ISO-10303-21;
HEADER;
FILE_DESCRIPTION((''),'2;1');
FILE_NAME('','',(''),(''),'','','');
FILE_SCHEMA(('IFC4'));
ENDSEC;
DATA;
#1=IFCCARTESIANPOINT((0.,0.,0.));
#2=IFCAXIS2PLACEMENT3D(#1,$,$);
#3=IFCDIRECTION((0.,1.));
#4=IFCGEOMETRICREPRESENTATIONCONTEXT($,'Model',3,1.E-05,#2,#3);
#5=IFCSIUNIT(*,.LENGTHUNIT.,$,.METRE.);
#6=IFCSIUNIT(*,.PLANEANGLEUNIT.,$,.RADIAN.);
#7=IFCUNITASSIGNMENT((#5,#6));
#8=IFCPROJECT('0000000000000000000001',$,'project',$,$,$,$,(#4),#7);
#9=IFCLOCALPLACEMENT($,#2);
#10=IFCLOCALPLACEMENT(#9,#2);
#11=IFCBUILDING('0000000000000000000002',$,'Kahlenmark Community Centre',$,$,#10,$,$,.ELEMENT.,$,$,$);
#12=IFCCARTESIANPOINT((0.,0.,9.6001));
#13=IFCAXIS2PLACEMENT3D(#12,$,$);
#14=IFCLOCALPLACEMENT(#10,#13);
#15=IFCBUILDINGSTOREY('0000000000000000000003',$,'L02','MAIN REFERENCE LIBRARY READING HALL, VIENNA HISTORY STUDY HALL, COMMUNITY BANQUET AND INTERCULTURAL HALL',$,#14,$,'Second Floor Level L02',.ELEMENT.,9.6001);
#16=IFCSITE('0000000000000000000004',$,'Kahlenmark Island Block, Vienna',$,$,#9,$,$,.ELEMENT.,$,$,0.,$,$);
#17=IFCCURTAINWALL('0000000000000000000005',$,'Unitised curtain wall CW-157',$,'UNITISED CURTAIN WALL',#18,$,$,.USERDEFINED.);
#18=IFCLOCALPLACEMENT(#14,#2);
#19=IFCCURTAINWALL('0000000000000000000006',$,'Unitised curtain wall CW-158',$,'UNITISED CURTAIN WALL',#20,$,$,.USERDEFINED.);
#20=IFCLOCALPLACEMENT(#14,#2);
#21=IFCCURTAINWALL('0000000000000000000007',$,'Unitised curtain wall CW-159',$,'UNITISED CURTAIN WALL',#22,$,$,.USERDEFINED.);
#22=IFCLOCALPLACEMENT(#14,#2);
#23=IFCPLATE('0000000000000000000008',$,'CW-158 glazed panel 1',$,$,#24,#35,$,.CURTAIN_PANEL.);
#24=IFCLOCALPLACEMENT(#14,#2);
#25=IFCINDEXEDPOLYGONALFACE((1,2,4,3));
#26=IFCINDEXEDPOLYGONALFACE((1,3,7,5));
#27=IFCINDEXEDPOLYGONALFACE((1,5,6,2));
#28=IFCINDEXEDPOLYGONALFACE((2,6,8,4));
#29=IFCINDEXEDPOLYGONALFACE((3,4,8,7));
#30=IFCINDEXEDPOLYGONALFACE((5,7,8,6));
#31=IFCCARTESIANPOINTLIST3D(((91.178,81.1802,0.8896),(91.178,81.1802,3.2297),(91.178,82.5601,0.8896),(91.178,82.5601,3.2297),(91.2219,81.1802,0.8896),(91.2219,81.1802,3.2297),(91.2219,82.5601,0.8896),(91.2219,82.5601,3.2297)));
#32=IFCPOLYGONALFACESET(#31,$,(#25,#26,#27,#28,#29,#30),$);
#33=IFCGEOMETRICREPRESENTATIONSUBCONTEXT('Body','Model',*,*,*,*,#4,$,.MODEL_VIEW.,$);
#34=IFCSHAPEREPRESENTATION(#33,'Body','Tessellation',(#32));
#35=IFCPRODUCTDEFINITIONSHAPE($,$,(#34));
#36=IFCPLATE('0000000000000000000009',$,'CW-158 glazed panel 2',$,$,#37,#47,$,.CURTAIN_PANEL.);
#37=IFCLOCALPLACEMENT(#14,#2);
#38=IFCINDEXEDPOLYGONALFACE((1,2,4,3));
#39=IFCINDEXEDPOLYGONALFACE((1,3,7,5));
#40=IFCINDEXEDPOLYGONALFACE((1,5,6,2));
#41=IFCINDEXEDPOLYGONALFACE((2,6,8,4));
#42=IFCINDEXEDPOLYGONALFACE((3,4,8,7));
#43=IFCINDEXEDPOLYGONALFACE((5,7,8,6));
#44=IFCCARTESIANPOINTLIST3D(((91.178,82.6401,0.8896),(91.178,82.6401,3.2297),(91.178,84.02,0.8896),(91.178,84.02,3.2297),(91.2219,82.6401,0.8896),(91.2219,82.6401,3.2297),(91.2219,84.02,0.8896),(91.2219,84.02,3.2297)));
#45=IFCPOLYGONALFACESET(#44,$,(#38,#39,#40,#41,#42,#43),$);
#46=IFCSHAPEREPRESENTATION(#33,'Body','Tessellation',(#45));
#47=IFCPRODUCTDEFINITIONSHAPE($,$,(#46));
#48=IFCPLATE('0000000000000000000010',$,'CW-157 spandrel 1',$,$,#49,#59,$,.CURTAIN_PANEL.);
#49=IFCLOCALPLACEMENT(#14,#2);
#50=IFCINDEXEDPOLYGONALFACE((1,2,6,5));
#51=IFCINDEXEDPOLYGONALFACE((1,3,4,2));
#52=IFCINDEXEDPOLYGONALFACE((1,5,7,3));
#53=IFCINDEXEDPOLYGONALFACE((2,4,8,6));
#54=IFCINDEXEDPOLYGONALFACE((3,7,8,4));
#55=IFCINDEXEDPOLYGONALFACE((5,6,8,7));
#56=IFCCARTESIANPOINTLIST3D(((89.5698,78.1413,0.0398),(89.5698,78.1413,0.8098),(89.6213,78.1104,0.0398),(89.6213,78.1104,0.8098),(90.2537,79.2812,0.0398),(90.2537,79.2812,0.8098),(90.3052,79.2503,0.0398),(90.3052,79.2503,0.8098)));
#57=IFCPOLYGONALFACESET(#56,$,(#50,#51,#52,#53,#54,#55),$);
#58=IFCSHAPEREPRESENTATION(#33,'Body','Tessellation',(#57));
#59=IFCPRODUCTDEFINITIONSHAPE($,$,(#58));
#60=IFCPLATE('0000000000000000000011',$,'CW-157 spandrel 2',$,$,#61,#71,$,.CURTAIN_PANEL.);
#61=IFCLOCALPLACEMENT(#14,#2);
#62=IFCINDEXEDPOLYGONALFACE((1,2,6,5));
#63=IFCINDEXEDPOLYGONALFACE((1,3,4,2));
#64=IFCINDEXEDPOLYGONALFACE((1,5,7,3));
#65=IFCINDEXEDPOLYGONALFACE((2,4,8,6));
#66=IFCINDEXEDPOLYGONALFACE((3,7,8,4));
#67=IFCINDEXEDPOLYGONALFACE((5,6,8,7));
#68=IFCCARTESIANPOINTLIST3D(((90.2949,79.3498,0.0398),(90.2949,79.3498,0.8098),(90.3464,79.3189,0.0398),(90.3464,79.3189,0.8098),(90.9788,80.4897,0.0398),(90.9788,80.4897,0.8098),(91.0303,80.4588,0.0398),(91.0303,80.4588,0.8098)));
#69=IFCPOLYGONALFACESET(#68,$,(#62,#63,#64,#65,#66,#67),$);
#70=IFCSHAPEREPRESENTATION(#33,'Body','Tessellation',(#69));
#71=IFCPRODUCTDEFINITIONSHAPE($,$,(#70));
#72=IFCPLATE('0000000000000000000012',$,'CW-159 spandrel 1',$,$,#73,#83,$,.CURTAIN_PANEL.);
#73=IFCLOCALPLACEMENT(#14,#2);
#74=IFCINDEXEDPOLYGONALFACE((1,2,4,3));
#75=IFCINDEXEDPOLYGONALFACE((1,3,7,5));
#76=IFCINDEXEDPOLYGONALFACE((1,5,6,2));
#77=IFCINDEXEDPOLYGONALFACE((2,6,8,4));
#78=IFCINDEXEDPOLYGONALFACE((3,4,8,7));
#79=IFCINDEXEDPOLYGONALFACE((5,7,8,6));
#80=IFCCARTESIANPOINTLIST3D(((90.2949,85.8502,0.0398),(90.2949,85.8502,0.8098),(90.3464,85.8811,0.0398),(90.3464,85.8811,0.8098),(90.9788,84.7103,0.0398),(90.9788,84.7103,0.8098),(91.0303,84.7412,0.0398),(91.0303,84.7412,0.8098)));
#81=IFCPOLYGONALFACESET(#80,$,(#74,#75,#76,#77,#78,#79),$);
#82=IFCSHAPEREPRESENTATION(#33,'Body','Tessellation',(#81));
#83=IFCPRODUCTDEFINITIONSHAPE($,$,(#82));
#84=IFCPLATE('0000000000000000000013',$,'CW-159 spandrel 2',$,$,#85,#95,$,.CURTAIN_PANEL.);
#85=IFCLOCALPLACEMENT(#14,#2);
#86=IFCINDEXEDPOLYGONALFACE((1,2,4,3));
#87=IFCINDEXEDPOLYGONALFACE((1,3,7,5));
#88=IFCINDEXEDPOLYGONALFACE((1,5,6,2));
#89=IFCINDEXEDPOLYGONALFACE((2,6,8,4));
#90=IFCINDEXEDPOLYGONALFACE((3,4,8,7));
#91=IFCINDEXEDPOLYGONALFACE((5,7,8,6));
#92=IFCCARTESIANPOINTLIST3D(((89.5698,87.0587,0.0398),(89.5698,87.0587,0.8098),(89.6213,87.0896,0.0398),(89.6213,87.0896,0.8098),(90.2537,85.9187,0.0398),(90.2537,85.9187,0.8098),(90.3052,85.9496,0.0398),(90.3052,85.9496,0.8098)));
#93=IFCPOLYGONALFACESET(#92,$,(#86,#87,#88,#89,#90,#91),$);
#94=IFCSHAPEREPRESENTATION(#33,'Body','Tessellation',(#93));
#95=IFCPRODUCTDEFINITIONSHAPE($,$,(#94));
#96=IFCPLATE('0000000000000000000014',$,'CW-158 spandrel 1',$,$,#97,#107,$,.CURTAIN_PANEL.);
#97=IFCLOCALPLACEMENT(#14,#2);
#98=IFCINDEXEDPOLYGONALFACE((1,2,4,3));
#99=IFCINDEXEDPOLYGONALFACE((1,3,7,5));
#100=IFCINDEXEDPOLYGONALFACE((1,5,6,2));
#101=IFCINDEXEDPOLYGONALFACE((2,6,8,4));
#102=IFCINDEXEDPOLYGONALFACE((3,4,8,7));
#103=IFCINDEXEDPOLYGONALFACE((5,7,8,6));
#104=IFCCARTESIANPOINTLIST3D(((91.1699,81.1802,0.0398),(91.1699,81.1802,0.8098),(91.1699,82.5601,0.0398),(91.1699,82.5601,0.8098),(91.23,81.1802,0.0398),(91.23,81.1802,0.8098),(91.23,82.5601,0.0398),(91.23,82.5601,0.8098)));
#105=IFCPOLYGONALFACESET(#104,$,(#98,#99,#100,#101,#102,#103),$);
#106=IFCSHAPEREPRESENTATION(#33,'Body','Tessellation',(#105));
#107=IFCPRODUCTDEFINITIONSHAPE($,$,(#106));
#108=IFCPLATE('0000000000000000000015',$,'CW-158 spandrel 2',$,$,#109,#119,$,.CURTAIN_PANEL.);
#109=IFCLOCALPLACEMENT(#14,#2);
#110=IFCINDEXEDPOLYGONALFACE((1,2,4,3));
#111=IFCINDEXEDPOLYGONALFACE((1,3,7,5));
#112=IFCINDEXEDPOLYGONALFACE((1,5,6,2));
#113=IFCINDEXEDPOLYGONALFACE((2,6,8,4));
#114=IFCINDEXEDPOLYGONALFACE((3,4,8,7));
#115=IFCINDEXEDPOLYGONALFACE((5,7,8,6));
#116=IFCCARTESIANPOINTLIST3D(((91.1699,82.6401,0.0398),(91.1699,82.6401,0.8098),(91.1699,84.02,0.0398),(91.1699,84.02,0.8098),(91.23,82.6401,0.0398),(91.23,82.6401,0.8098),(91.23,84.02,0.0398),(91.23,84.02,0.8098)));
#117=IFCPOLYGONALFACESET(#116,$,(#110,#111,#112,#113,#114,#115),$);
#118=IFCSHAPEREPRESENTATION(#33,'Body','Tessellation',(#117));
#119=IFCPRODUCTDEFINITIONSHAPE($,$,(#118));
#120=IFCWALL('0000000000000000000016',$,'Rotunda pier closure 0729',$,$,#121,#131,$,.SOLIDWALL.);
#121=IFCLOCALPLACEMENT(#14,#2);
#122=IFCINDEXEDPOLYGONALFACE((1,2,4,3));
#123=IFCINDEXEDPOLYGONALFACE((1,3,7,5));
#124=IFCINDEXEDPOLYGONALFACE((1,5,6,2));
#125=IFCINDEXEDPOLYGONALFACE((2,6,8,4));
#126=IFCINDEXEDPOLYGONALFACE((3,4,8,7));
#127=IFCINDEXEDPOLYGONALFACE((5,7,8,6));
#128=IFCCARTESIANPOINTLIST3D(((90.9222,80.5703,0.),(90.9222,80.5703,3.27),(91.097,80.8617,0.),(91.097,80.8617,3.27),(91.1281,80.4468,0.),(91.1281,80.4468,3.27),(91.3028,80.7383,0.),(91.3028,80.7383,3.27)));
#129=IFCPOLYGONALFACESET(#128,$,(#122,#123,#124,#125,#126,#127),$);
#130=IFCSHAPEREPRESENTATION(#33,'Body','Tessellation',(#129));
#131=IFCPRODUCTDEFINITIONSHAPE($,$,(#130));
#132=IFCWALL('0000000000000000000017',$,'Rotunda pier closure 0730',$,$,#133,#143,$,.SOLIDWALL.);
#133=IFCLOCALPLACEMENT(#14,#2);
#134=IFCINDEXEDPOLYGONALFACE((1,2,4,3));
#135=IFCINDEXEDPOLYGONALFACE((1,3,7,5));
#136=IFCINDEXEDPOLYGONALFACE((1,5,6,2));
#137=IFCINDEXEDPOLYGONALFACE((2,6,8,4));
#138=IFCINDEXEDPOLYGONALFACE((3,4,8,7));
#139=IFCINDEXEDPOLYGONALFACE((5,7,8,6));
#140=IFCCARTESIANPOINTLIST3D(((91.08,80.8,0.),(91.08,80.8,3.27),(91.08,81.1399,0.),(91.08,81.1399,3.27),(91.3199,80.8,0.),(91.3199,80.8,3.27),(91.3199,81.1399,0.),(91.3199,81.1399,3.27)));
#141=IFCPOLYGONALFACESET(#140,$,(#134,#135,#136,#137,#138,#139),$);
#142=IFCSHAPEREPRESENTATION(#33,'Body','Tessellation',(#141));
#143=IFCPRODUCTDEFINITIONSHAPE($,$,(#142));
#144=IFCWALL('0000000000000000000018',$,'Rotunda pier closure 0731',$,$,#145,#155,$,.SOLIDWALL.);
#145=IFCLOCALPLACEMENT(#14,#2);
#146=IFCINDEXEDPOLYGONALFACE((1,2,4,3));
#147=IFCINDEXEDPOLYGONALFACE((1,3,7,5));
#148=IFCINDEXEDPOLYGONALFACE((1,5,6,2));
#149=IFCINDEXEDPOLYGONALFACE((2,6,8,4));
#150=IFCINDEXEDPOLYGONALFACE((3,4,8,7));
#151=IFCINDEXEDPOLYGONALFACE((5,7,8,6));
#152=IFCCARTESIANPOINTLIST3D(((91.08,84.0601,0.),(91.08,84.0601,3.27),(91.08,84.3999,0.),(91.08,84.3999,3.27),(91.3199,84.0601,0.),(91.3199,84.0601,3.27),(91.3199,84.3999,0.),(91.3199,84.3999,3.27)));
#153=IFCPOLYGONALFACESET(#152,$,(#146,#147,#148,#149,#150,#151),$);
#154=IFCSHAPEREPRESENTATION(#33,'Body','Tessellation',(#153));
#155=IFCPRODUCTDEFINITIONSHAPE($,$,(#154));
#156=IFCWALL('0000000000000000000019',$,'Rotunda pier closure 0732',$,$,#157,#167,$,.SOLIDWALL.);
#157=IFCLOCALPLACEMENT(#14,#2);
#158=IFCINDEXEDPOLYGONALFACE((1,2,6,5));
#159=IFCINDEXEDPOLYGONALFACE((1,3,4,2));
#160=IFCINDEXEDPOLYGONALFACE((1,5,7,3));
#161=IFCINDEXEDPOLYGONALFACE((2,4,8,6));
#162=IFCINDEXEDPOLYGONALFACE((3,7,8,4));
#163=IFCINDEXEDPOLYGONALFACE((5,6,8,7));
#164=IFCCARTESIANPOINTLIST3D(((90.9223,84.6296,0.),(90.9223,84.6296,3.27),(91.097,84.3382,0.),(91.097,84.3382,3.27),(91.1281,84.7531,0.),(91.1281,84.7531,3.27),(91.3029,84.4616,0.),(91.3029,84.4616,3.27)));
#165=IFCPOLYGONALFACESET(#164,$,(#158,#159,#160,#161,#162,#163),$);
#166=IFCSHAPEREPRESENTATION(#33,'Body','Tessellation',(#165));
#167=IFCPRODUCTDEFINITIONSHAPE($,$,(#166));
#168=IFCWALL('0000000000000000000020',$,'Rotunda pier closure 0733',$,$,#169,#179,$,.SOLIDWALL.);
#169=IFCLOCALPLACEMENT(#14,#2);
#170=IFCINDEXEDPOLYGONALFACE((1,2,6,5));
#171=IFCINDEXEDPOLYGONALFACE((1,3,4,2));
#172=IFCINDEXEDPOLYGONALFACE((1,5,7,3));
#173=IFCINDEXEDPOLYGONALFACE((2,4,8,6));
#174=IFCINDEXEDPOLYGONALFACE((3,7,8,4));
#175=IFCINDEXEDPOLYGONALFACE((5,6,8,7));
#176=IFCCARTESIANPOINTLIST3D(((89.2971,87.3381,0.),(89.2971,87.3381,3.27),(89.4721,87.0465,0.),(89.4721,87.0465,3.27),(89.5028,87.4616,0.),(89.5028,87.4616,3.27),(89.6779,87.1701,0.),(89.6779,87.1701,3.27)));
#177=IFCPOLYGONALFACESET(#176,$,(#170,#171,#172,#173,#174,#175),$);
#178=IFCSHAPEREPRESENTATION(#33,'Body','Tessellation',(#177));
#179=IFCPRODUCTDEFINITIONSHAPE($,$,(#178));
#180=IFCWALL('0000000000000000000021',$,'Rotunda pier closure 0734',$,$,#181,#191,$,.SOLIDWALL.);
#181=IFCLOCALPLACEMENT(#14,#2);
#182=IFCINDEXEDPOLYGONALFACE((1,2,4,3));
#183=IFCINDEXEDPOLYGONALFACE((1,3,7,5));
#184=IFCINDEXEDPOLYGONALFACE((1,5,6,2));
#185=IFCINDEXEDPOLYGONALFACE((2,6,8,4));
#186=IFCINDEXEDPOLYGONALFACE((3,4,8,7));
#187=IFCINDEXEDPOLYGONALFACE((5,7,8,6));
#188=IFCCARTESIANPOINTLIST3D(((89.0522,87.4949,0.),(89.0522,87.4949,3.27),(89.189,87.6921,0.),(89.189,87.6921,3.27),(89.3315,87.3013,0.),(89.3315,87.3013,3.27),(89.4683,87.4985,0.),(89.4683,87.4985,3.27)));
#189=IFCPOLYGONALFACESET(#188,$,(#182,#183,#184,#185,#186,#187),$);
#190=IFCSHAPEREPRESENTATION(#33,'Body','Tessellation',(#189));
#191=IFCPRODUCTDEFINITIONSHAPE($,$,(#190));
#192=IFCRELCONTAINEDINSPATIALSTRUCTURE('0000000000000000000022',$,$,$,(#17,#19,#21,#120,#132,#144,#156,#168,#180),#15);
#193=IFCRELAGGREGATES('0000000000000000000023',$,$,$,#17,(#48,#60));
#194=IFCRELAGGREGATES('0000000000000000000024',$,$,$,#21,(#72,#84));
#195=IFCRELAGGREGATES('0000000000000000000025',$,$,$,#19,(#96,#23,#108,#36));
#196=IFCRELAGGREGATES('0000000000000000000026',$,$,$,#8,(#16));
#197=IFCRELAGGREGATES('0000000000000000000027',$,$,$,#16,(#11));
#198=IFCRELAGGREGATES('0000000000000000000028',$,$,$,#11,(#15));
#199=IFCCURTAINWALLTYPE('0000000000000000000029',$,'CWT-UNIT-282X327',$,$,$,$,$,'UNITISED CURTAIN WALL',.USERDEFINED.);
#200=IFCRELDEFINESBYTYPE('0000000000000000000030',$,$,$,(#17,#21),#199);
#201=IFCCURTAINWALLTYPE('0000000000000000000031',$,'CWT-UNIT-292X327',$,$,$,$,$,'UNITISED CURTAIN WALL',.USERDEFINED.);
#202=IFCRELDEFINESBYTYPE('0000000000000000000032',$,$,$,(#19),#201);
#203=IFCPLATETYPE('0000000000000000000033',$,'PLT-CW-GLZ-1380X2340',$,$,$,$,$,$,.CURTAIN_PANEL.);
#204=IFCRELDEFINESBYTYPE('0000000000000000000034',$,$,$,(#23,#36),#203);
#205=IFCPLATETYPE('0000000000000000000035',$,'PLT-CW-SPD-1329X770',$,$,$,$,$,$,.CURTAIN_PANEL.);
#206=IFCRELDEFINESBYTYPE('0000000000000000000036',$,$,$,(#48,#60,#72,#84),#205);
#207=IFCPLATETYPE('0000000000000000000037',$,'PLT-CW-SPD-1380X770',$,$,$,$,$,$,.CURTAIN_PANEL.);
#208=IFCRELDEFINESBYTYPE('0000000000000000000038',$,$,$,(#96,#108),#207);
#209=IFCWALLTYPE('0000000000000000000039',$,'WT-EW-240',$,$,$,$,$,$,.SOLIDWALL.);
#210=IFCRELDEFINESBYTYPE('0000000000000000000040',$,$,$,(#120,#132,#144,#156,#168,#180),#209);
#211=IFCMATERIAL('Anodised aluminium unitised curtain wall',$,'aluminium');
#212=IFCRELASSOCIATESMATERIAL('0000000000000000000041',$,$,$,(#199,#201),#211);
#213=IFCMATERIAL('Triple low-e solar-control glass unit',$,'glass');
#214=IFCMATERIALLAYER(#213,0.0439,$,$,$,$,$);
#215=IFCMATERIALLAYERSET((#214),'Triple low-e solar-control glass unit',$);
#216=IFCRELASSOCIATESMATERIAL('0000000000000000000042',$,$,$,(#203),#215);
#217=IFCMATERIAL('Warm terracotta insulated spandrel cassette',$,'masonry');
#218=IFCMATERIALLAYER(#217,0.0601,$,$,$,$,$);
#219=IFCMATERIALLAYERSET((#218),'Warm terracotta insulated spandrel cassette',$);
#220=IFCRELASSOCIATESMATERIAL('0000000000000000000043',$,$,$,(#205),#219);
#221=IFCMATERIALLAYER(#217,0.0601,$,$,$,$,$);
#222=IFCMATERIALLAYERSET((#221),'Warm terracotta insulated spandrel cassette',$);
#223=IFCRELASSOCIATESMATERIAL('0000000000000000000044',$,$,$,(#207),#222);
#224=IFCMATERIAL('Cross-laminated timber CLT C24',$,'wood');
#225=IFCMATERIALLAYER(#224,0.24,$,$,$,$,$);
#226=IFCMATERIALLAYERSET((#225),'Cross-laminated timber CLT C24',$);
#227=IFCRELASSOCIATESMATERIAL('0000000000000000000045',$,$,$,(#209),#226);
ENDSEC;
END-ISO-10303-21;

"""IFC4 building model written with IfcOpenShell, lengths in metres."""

from ifc_helpers import new_model, si_unit, direction, frame, frame_2d, origin, origin_2d, place, context, subcontext, project, spatial, rectangle, extrude, material, layer, layer_set, type_object, element, aggregate, save


model = new_model("IFC4")

# Units and contexts
model_context = context("Model", 3, precision=1e-05, world=origin(), true_north=direction((0.0, 1.0)))
body_context = subcontext(model_context, "Body", "Model", "MODEL_VIEW")
ifc_project = project(units=[si_unit("LENGTHUNIT", "METRE"), si_unit("PLANEANGLEUNIT", "RADIAN")], contexts=[model_context])

# Site, building, storey
site_placement = place(None, origin())
site = spatial("IfcSite", under=ifc_project, at=site_placement, Name="Kahlenmark Island Block, Vienna", CompositionType="ELEMENT", RefElevation=0.0)
building_placement = place(site_placement, origin())
building = spatial("IfcBuilding", under=site, at=building_placement, Name="Kahlenmark Community Centre", CompositionType="ELEMENT")
storey_placement = place(building_placement, frame((0.0, 0.0, 9.6001)))
storey = spatial("IfcBuildingStorey", under=building, at=storey_placement, Name="L02", Description="MAIN REFERENCE LIBRARY READING HALL, VIENNA HISTORY STUDY HALL, COMMUNITY BANQUET AND INTERCULTURAL HALL", LongName="Second Floor Level L02", CompositionType="ELEMENT", Elevation=9.6001)

# Curtain walls
ifc_material_1 = material(Name="Anodised aluminium unitised curtain wall", Category="aluminium")
curtain_wall_type_1 = type_object("IfcCurtainWallType", Name="CWT-UNIT-282X327", ElementType="UNITISED CURTAIN WALL", PredefinedType="USERDEFINED", material=ifc_material_1)
curtain_wall_1_placement = place(storey_placement, origin())
curtain_wall_1 = element("IfcCurtainWall", 1, at=curtain_wall_1_placement, inside=storey, type_object=curtain_wall_type_1, Name="Unitised curtain wall CW-157", ObjectType="UNITISED CURTAIN WALL", PredefinedType="USERDEFINED")
curtain_wall_type_2 = type_object("IfcCurtainWallType", Name="CWT-UNIT-292X327", ElementType="UNITISED CURTAIN WALL", PredefinedType="USERDEFINED", material=ifc_material_1)
curtain_wall_2_placement = place(storey_placement, origin())
curtain_wall_2 = element("IfcCurtainWall", 2, at=curtain_wall_2_placement, inside=storey, type_object=curtain_wall_type_2, Name="Unitised curtain wall CW-158", ObjectType="UNITISED CURTAIN WALL", PredefinedType="USERDEFINED")
curtain_wall_3_placement = place(storey_placement, origin())
curtain_wall_3 = element("IfcCurtainWall", 3, at=curtain_wall_3_placement, inside=storey, type_object=curtain_wall_type_1, Name="Unitised curtain wall CW-159", ObjectType="UNITISED CURTAIN WALL", PredefinedType="USERDEFINED")

# Plates
ifc_material_2 = material(Name="Triple low-e solar-control glass unit", Category="glass")
ifc_layer_1 = layer(ifc_material_2, 0.0439)
ifc_layer_set_1 = layer_set([ifc_layer_1], Name="Triple low-e solar-control glass unit")
plate_type_1 = type_object("IfcPlateType", Name="PLT-CW-GLZ-1380X2340", PredefinedType="CURTAIN_PANEL", material=ifc_layer_set_1)
plate_1_placement = place(storey_placement, frame((91.2, 81.8701, 0.8896), z_axis=(0.0, 0.0, 1.0), x_axis=(0.0, 1.0, 0.0)))
plate_1 = element("IfcPlate", 4, at=plate_1_placement, type_object=plate_type_1, Name="CW-158 glazed panel 1", PredefinedType="CURTAIN_PANEL", context=body_context, shape_type="SweptSolid", body=[
    extrude(rectangle(XDim=1.3799, YDim=0.0439, at=origin_2d()), origin(), (0.0, 0.0, 1.0), 2.3401),
])
plate_2_placement = place(storey_placement, frame((91.2, 83.3301, 0.8896), z_axis=(0.0, 0.0, 1.0), x_axis=(0.0, 1.0, 0.0)))
plate_2 = element("IfcPlate", 5, at=plate_2_placement, type_object=plate_type_1, Name="CW-158 glazed panel 2", PredefinedType="CURTAIN_PANEL", context=body_context, shape_type="SweptSolid", body=[
    extrude(rectangle(XDim=1.3799, YDim=0.0439, at=origin_2d()), origin(), (0.0, 0.0, 1.0), 2.3401),
])
ifc_material_3 = material(Name="Warm terracotta insulated spandrel cassette", Category="masonry")
ifc_layer_2 = layer(ifc_material_3, 0.0601)
ifc_layer_set_2 = layer_set([ifc_layer_2], Name="Warm terracotta insulated spandrel cassette")
plate_type_2 = type_object("IfcPlateType", Name="PLT-CW-SPD-1329X770", PredefinedType="CURTAIN_PANEL", material=ifc_layer_set_2)
plate_3_placement = place(storey_placement, frame((89.9375, 78.6958, 0.0398), z_axis=(0.0, 0.0, 1.0), x_axis=(0.514496, 0.857493, 0.0)))
plate_3 = element("IfcPlate", 6, at=plate_3_placement, type_object=plate_type_2, Name="CW-157 spandrel 1", PredefinedType="CURTAIN_PANEL", context=body_context, shape_type="SweptSolid", body=[
    extrude(rectangle(XDim=1.3293, YDim=0.0601, at=origin_2d()), origin(), (0.0, 0.0, 1.0), 0.77),
])
plate_4_placement = place(storey_placement, frame((90.6626, 79.9043, 0.0398), z_axis=(0.0, 0.0, 1.0), x_axis=(0.514496, 0.857493, 0.0)))
plate_4 = element("IfcPlate", 7, at=plate_4_placement, type_object=plate_type_2, Name="CW-157 spandrel 2", PredefinedType="CURTAIN_PANEL", context=body_context, shape_type="SweptSolid", body=[
    extrude(rectangle(XDim=1.3293, YDim=0.0601, at=origin_2d()), origin(), (0.0, 0.0, 1.0), 0.77),
])
aggregate(curtain_wall_1, [plate_3, plate_4])
plate_5_placement = place(storey_placement, frame((90.6626, 85.2957, 0.0398), z_axis=(0.0, 0.0, 1.0), x_axis=(-0.514496, 0.857493, 0.0)))
plate_5 = element("IfcPlate", 8, at=plate_5_placement, type_object=plate_type_2, Name="CW-159 spandrel 1", PredefinedType="CURTAIN_PANEL", context=body_context, shape_type="SweptSolid", body=[
    extrude(rectangle(XDim=1.3293, YDim=0.0601, at=origin_2d()), origin(), (0.0, 0.0, 1.0), 0.77),
])
plate_6_placement = place(storey_placement, frame((89.9375, 86.5042, 0.0398), z_axis=(0.0, 0.0, 1.0), x_axis=(-0.514496, 0.857493, 0.0)))
plate_6 = element("IfcPlate", 9, at=plate_6_placement, type_object=plate_type_2, Name="CW-159 spandrel 2", PredefinedType="CURTAIN_PANEL", context=body_context, shape_type="SweptSolid", body=[
    extrude(rectangle(XDim=1.3293, YDim=0.0601, at=origin_2d()), origin(), (0.0, 0.0, 1.0), 0.77),
])
aggregate(curtain_wall_3, [plate_5, plate_6])
ifc_layer_3 = layer(ifc_material_3, 0.0601)
ifc_layer_set_3 = layer_set([ifc_layer_3], Name="Warm terracotta insulated spandrel cassette")
plate_type_3 = type_object("IfcPlateType", Name="PLT-CW-SPD-1380X770", PredefinedType="CURTAIN_PANEL", material=ifc_layer_set_3)
plate_7_placement = place(storey_placement, frame((91.2, 81.8701, 0.0398), z_axis=(0.0, 0.0, 1.0), x_axis=(0.0, 1.0, 0.0)))
plate_7 = element("IfcPlate", 10, at=plate_7_placement, type_object=plate_type_3, Name="CW-158 spandrel 1", PredefinedType="CURTAIN_PANEL", context=body_context, shape_type="SweptSolid", body=[
    extrude(rectangle(XDim=1.3799, YDim=0.0601, at=origin_2d()), origin(), (0.0, 0.0, 1.0), 0.77),
])
plate_8_placement = place(storey_placement, frame((91.2, 83.3301, 0.0398), z_axis=(0.0, 0.0, 1.0), x_axis=(0.0, 1.0, 0.0)))
plate_8 = element("IfcPlate", 11, at=plate_8_placement, type_object=plate_type_3, Name="CW-158 spandrel 2", PredefinedType="CURTAIN_PANEL", context=body_context, shape_type="SweptSolid", body=[
    extrude(rectangle(XDim=1.3799, YDim=0.0601, at=origin_2d()), origin(), (0.0, 0.0, 1.0), 0.77),
])
aggregate(curtain_wall_2, [plate_7, plate_1, plate_8, plate_2])

# Walls
ifc_material_4 = material(Name="Cross-laminated timber CLT C24", Category="wood")
ifc_layer_4 = layer(ifc_material_4, 0.24)
ifc_layer_set_4 = layer_set([ifc_layer_4], Name="Cross-laminated timber CLT C24")
wall_type = type_object("IfcWallType", Name="WT-EW-240", PredefinedType="SOLIDWALL", material=ifc_layer_set_4)
for number, where, z_axis, x_axis, name in (
    (12, (91.0251, 80.5085, 0.0), (0.0, 0.0, 1.0), (0.514284, 0.85762, 0.0), "Rotunda pier closure 0729"),
    (13, (91.2, 80.8, 0.0), (0.0, 0.0, 1.0), (0.0, 1.0, 0.0), "Rotunda pier closure 0730"),
    (14, (91.2, 84.0601, 0.0), (0.0, 0.0, 1.0), (0.0, 1.0, 0.0), "Rotunda pier closure 0731"),
    (15, (91.2, 84.3999, 0.0), (0.0, 0.0, 1.0), (-0.514284, 0.85762, 0.0), "Rotunda pier closure 0732"),
):
    element("IfcWall", number, at=place(storey_placement, frame(where, z_axis=z_axis, x_axis=x_axis)), inside=storey, type_object=wall_type, Name=name, PredefinedType="SOLIDWALL", context=body_context, shape_type="SweptSolid", body=[
        extrude(rectangle(XDim=0.3398, YDim=0.24, at=frame_2d((0.1699, 0.0))), origin(), (0.0, 0.0, 1.0), 3.27),
    ])
wall_1_placement = place(storey_placement, frame((89.575, 87.1084, 0.0), z_axis=(0.0, 0.0, 1.0), x_axis=(-0.514812, 0.857303, 0.0)))
element("IfcWall", 16, at=wall_1_placement, inside=storey, type_object=wall_type, Name="Rotunda pier closure 0733", PredefinedType="SOLIDWALL", context=body_context, shape_type="SweptSolid", body=[
    extrude(rectangle(XDim=0.3401, YDim=0.24, at=frame_2d((0.1699, 0.0))), origin(), (0.0, 0.0, 1.0), 3.27),
])
wall_2_placement = place(storey_placement, frame((89.3999, 87.3999, 0.0), z_axis=(0.0, 0.0, 1.0), x_axis=(-0.821856, 0.569696, 0.0)))
element("IfcWall", 17, at=wall_2_placement, inside=storey, type_object=wall_type, Name="Rotunda pier closure 0734", PredefinedType="SOLIDWALL", context=body_context, shape_type="SweptSolid", body=[
    extrude(rectangle(XDim=0.3398, YDim=0.24, at=frame_2d((0.1699, 0.0))), origin(), (0.0, 0.0, 1.0), 3.27),
])

save(model, "model.ifc")
